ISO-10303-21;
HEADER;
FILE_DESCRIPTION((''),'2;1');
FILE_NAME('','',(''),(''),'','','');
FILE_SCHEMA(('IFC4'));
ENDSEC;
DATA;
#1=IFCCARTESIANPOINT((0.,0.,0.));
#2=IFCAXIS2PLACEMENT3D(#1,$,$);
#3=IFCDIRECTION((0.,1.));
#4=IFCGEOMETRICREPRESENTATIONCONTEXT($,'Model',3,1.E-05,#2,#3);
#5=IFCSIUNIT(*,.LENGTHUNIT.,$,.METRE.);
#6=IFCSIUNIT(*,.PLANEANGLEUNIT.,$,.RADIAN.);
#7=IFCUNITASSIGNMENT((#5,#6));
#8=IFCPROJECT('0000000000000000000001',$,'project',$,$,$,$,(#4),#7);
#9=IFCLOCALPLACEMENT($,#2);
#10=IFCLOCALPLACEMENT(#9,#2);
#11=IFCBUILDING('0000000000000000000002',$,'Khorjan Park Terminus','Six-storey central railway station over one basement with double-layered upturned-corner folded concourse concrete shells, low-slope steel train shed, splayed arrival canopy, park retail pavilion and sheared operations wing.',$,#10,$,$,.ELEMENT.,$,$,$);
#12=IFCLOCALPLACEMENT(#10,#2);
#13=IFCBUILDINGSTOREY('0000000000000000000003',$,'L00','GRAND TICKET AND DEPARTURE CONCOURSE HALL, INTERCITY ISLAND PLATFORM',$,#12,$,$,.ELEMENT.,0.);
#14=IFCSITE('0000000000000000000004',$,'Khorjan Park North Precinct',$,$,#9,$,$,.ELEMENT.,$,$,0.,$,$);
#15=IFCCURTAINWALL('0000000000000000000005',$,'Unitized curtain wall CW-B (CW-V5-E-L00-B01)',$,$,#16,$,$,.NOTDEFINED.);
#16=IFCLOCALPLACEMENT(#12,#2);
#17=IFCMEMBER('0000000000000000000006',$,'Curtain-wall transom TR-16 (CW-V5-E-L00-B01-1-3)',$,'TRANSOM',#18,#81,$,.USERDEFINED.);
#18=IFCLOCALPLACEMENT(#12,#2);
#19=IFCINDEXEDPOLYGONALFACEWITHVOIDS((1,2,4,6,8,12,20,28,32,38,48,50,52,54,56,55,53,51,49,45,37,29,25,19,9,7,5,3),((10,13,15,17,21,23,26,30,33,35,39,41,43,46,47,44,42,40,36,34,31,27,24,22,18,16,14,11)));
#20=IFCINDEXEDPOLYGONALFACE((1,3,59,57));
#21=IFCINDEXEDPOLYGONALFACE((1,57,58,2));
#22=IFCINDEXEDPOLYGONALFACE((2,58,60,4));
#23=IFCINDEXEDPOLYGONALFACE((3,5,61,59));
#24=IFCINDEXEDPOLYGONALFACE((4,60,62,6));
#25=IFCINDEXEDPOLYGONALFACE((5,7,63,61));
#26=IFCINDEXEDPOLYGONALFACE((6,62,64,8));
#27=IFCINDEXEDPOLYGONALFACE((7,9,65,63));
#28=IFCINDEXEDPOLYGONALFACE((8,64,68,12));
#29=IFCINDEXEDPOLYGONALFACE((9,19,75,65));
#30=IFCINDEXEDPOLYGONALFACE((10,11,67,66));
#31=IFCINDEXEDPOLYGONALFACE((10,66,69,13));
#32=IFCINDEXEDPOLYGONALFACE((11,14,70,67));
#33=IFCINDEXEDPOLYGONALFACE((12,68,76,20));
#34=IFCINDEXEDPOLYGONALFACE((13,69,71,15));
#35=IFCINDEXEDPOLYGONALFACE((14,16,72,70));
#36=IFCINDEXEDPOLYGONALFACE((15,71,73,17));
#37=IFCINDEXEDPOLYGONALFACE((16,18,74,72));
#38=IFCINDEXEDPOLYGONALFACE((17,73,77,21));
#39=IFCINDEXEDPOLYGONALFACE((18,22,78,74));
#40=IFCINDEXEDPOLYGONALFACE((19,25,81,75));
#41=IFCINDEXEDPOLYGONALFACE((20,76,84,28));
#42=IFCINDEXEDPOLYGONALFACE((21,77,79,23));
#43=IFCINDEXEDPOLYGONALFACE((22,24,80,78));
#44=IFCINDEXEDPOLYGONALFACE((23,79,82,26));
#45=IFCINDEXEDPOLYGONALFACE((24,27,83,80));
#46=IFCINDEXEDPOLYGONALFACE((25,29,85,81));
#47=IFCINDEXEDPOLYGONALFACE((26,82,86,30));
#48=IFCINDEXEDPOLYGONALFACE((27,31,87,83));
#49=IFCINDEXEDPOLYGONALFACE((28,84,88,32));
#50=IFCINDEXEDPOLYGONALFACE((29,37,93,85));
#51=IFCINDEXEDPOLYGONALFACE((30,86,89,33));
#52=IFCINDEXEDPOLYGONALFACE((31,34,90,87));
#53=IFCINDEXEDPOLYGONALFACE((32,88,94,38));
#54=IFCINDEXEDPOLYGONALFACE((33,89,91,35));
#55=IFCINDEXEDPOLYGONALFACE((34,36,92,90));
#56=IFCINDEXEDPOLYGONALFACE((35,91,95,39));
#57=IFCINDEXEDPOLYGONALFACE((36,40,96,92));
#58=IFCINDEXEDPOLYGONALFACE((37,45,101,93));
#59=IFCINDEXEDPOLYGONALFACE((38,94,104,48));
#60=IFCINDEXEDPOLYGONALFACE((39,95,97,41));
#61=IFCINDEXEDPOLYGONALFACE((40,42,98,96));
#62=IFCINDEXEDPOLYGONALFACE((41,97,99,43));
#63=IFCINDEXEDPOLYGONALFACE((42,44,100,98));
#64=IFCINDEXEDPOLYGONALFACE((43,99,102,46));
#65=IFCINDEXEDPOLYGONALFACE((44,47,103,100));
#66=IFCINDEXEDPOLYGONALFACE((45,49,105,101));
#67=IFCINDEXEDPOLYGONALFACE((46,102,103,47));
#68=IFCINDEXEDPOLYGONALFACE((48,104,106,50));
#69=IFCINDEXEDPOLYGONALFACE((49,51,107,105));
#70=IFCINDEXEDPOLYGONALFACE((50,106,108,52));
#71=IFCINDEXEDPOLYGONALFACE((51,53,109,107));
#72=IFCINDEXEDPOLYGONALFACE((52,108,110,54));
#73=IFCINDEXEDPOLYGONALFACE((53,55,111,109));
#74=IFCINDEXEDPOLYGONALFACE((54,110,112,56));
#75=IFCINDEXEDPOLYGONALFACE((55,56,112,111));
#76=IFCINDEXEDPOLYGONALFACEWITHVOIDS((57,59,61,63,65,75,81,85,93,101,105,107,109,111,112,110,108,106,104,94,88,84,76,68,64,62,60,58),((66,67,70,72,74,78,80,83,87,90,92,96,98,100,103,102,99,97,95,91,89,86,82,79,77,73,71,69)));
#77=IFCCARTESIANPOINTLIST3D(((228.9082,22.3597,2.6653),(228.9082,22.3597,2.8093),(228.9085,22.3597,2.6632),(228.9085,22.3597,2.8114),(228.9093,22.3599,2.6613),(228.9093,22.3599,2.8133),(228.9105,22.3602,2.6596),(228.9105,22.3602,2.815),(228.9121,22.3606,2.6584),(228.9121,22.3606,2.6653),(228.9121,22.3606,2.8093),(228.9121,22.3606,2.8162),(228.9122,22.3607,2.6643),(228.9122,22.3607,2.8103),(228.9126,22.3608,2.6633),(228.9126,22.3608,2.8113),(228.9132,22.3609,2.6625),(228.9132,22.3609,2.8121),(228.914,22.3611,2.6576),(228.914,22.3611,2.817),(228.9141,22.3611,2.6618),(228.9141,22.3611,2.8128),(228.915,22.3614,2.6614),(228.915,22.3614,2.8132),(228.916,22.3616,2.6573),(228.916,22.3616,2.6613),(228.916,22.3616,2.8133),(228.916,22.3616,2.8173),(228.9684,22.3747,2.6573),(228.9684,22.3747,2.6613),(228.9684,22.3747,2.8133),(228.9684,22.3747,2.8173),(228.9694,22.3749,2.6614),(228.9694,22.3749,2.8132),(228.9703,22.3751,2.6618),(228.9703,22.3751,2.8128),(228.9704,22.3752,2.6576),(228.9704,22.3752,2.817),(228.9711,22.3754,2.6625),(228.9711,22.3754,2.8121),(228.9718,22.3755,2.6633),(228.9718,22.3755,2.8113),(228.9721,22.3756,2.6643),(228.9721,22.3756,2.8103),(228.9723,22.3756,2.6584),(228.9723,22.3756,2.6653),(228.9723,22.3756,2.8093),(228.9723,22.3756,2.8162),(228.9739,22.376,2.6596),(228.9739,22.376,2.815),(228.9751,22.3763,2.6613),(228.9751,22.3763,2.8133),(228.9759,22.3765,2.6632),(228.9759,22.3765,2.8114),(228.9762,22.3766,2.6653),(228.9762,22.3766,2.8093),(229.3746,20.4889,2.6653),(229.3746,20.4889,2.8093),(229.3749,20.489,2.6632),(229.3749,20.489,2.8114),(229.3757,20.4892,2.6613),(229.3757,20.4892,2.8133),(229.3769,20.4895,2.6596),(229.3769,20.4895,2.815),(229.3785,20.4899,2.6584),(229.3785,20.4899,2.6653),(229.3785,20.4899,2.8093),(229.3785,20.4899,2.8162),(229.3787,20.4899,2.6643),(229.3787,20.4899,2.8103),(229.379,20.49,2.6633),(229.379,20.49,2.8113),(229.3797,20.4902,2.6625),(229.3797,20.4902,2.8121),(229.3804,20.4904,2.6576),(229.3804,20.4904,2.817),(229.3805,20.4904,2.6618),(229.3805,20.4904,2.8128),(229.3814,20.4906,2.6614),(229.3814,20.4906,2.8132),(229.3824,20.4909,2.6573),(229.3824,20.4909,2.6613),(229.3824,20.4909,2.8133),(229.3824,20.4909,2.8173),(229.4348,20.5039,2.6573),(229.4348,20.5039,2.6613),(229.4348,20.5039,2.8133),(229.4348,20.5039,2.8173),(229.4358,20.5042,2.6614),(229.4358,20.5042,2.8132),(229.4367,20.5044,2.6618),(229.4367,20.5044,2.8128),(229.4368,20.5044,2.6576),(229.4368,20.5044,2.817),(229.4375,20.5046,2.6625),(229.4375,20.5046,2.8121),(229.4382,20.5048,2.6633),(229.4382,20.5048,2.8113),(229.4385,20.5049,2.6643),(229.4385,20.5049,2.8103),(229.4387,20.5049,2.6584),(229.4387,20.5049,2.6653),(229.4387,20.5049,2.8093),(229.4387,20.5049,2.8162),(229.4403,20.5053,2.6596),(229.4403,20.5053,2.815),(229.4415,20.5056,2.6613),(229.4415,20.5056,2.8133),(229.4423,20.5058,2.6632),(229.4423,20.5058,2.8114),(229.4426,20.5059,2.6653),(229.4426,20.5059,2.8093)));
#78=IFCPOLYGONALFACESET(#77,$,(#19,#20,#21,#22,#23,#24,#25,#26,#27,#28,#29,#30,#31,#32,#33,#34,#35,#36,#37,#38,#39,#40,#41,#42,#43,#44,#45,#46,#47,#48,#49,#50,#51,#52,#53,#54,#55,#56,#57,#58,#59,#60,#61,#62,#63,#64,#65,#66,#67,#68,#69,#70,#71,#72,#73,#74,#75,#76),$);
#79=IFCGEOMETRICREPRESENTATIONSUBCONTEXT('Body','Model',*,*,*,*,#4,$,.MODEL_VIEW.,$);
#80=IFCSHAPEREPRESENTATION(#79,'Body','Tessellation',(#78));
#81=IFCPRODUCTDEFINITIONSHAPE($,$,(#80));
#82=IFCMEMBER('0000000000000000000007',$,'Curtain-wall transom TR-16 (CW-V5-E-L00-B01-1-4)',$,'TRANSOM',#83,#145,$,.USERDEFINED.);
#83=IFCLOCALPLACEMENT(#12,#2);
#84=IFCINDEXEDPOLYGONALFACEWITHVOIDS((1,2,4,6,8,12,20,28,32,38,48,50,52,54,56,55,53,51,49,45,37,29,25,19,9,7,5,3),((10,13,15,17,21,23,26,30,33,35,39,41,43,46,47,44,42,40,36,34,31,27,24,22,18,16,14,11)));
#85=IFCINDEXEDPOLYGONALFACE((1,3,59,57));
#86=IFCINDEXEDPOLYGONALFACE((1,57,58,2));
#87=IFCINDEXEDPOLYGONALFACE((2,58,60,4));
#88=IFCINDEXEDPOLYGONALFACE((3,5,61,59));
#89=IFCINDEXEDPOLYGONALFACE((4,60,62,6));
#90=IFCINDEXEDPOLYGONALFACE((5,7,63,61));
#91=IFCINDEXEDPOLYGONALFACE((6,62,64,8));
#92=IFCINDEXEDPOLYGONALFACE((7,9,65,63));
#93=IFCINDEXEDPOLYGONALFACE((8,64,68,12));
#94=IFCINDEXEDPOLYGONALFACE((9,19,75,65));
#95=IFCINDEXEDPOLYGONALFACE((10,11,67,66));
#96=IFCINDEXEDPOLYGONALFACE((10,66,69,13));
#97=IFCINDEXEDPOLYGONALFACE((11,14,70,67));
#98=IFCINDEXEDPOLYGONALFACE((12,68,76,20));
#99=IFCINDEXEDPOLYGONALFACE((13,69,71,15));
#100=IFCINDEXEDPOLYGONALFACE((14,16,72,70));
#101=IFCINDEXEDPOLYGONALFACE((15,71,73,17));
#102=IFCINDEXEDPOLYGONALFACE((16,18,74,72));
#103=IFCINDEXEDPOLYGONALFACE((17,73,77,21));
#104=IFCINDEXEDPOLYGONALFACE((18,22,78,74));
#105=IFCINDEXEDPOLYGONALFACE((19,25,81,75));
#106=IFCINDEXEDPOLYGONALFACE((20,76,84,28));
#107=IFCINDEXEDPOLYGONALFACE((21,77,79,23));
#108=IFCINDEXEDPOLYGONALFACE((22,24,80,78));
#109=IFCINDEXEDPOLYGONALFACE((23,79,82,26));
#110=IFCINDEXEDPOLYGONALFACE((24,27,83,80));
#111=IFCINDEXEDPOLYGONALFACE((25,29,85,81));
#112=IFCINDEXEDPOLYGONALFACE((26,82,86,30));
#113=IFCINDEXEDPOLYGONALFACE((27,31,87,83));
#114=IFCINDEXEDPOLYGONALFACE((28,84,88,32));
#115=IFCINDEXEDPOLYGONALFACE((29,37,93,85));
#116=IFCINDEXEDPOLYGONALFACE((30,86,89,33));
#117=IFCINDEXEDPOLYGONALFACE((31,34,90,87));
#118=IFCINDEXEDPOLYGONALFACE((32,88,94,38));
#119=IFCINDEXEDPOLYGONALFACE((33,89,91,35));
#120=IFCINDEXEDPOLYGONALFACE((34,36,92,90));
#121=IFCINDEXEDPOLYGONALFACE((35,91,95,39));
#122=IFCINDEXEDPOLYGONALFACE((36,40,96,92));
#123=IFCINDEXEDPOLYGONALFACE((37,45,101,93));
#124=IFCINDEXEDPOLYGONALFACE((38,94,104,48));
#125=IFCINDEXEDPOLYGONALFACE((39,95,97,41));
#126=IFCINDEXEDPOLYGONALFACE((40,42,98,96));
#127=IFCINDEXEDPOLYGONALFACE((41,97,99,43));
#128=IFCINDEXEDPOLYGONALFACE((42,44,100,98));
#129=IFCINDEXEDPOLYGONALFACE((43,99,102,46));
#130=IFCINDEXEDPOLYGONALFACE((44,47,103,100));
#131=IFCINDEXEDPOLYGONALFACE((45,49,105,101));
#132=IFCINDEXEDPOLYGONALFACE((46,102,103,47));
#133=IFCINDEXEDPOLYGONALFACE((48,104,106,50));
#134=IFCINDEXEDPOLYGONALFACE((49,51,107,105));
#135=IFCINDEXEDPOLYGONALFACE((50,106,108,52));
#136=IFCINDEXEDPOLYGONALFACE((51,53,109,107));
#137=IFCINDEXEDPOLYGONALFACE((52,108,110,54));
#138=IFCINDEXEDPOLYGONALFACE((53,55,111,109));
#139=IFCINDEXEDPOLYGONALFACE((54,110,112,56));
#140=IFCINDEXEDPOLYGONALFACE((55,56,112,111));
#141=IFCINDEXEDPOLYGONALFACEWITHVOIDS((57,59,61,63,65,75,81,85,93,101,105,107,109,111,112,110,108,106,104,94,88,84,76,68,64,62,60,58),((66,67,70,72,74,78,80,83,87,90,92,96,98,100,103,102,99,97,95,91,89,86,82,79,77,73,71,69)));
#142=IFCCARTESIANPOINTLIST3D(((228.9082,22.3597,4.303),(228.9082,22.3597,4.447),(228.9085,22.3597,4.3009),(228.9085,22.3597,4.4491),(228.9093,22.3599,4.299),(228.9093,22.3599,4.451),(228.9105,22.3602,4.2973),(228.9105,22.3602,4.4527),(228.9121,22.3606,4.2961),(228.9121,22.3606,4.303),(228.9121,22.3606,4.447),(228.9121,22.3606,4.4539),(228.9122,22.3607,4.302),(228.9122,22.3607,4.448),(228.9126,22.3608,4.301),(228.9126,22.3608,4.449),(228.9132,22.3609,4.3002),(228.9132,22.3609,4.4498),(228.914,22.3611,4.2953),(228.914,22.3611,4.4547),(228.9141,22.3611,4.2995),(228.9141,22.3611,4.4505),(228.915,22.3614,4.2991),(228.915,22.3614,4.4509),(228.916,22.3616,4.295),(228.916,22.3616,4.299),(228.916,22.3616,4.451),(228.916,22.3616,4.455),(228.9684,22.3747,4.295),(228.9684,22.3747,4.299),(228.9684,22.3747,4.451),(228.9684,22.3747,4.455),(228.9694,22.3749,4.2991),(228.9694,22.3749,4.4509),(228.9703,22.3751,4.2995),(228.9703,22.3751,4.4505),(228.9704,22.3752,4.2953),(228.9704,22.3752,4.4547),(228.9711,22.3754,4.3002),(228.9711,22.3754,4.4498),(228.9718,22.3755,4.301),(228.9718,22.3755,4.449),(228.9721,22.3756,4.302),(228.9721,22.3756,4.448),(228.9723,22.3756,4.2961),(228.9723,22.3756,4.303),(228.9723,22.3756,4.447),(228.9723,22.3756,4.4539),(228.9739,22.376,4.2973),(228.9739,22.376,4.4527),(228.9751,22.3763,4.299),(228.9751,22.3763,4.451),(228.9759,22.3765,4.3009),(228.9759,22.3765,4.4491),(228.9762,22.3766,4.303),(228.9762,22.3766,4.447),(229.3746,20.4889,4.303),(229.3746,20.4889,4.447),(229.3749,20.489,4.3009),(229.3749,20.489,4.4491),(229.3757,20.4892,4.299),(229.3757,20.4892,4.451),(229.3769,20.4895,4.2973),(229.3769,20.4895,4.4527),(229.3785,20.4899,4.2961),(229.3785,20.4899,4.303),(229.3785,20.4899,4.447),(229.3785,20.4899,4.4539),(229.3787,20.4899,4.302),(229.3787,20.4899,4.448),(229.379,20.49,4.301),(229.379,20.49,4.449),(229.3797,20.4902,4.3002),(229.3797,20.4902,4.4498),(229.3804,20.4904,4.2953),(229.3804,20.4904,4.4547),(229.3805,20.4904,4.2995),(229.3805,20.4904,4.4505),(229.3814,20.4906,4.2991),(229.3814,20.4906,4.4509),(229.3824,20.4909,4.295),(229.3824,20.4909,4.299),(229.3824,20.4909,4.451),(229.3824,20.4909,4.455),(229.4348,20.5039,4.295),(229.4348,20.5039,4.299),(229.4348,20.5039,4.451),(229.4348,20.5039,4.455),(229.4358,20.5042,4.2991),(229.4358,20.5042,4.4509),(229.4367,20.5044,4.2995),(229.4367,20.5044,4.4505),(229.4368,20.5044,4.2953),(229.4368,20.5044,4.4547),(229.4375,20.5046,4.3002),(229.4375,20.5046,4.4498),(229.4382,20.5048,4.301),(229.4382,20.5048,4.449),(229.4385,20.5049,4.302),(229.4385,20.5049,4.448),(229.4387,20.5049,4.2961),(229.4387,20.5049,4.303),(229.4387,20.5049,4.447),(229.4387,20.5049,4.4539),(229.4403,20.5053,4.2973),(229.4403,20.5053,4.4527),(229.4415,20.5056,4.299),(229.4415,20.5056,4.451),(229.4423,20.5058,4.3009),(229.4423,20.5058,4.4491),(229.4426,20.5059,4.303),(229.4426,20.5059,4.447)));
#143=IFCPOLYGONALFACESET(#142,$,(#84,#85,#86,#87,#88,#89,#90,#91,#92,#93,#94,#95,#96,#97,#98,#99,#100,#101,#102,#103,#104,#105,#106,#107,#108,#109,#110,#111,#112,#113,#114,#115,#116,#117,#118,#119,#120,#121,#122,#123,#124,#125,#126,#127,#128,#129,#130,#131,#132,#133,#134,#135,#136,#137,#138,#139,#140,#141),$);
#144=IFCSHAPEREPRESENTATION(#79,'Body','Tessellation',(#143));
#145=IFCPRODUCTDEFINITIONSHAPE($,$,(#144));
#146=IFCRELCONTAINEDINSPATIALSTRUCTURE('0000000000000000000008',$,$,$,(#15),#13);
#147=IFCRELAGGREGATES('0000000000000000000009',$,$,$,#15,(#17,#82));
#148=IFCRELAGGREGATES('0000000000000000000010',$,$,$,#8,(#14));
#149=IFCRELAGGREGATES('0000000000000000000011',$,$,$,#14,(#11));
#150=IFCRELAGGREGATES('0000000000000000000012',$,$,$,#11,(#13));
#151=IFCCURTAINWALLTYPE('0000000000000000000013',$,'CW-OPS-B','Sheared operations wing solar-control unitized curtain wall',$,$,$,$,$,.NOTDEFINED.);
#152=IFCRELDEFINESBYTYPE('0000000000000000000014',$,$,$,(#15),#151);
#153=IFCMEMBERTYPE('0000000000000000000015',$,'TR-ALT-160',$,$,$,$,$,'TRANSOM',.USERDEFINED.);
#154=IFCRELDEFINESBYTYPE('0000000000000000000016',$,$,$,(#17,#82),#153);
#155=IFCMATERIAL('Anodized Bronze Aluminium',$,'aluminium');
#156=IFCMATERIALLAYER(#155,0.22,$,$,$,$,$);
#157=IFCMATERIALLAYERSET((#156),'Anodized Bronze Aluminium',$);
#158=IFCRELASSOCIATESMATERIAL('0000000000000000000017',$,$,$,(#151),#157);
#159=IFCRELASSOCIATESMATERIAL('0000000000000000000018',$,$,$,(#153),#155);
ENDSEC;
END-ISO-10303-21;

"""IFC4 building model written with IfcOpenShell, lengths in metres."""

from ifc_helpers import new_model, si_unit, direction, frame, origin, origin_2d, place, context, subcontext, project, spatial, hollow_rectangle, extrude, material, layer, layer_set, material_profile, profile_set, type_object, element, aggregate, save


model = new_model("IFC4")

# Units and contexts
model_context = context("Model", 3, precision=1e-05, world=origin(), true_north=direction((0.0, 1.0)))
body_context = subcontext(model_context, "Body", "Model", "MODEL_VIEW")
ifc_project = project(units=[si_unit("LENGTHUNIT", "METRE"), si_unit("PLANEANGLEUNIT", "RADIAN")], contexts=[model_context])

# Site, building, storey
site_placement = place(None, origin())
site = spatial("IfcSite", under=ifc_project, at=site_placement, Name="Khorjan Park North Precinct", CompositionType="ELEMENT", RefElevation=0.0)
building_placement = place(site_placement, origin())
building = spatial("IfcBuilding", under=site, at=building_placement, Name="Khorjan Park Terminus", Description="Six-storey central railway station over one basement with double-layered upturned-corner folded concourse concrete shells, low-slope steel train shed, splayed arrival canopy, park retail pavilion and sheared operations wing.", CompositionType="ELEMENT")
storey_placement = place(building_placement, origin())
storey = spatial("IfcBuildingStorey", under=building, at=storey_placement, Name="L00", Description="GRAND TICKET AND DEPARTURE CONCOURSE HALL, INTERCITY ISLAND PLATFORM", CompositionType="ELEMENT", Elevation=0.0)

# Curtain wall, members
ifc_material_1 = material(Name="Anodized Bronze Aluminium", Category="aluminium")
ifc_layer_1 = layer(ifc_material_1, 0.22)
ifc_layer_set_1 = layer_set([ifc_layer_1], Name="Anodized Bronze Aluminium")
curtain_wall_type = type_object("IfcCurtainWallType", Name="CW-OPS-B", Description="Sheared operations wing solar-control unitized curtain wall", PredefinedType="NOTDEFINED", material=ifc_layer_set_1)
curtain_wall_placement = place(storey_placement, origin())
curtain_wall = element("IfcCurtainWall", 1, at=curtain_wall_placement, inside=storey, type_object=curtain_wall_type, Name="Unitized curtain wall CW-B (CW-V5-E-L00-B01)", PredefinedType="NOTDEFINED")
ifc_material_profile_1 = material_profile(ifc_material_1, hollow_rectangle(XDim=0.07, YDim=0.16, WallThickness=0.004, InnerFilletRadius=0.004, OuterFilletRadius=0.008, at=origin_2d()), Name="ALT 70x160x4")
ifc_profile_set_1 = profile_set([ifc_material_profile_1], Name="Anodized Bronze Aluminium")
member_type_1 = type_object("IfcMemberType", Name="TR-ALT-160", ElementType="TRANSOM", PredefinedType="USERDEFINED", material=ifc_profile_set_1)
member_1_placement = place(storey_placement, frame((229.4086, 20.4974, 2.7373), z_axis=(-0.241913, 0.970298, 0.0), x_axis=(-0.970298, -0.241913, 0.0)))
member_1 = element("IfcMember", 2, at=member_1_placement, type_object=member_type_1, Name="Curtain-wall transom TR-16 (CW-V5-E-L00-B01-1-3)", ObjectType="TRANSOM", PredefinedType="USERDEFINED", context=body_context, shape_type="SweptSolid", body=[
    extrude(hollow_rectangle(XDim=0.07, YDim=0.16, WallThickness=0.004, InnerFilletRadius=0.004, OuterFilletRadius=0.008, at=origin_2d()), origin(), (0.0, 0.0, 1.0), 1.928),
])
member_2_placement = place(storey_placement, frame((229.4086, 20.4974, 4.375), z_axis=(-0.241913, 0.970298, 0.0), x_axis=(-0.970298, -0.241913, 0.0)))
member_2 = element("IfcMember", 3, at=member_2_placement, type_object=member_type_1, Name="Curtain-wall transom TR-16 (CW-V5-E-L00-B01-1-4)", ObjectType="TRANSOM", PredefinedType="USERDEFINED", context=body_context, shape_type="SweptSolid", body=[
    extrude(hollow_rectangle(XDim=0.07, YDim=0.16, WallThickness=0.004, InnerFilletRadius=0.004, OuterFilletRadius=0.008, at=origin_2d()), origin(), (0.0, 0.0, 1.0), 1.928),
])
aggregate(curtain_wall, [member_1, member_2])

save(model, "model.ifc")
